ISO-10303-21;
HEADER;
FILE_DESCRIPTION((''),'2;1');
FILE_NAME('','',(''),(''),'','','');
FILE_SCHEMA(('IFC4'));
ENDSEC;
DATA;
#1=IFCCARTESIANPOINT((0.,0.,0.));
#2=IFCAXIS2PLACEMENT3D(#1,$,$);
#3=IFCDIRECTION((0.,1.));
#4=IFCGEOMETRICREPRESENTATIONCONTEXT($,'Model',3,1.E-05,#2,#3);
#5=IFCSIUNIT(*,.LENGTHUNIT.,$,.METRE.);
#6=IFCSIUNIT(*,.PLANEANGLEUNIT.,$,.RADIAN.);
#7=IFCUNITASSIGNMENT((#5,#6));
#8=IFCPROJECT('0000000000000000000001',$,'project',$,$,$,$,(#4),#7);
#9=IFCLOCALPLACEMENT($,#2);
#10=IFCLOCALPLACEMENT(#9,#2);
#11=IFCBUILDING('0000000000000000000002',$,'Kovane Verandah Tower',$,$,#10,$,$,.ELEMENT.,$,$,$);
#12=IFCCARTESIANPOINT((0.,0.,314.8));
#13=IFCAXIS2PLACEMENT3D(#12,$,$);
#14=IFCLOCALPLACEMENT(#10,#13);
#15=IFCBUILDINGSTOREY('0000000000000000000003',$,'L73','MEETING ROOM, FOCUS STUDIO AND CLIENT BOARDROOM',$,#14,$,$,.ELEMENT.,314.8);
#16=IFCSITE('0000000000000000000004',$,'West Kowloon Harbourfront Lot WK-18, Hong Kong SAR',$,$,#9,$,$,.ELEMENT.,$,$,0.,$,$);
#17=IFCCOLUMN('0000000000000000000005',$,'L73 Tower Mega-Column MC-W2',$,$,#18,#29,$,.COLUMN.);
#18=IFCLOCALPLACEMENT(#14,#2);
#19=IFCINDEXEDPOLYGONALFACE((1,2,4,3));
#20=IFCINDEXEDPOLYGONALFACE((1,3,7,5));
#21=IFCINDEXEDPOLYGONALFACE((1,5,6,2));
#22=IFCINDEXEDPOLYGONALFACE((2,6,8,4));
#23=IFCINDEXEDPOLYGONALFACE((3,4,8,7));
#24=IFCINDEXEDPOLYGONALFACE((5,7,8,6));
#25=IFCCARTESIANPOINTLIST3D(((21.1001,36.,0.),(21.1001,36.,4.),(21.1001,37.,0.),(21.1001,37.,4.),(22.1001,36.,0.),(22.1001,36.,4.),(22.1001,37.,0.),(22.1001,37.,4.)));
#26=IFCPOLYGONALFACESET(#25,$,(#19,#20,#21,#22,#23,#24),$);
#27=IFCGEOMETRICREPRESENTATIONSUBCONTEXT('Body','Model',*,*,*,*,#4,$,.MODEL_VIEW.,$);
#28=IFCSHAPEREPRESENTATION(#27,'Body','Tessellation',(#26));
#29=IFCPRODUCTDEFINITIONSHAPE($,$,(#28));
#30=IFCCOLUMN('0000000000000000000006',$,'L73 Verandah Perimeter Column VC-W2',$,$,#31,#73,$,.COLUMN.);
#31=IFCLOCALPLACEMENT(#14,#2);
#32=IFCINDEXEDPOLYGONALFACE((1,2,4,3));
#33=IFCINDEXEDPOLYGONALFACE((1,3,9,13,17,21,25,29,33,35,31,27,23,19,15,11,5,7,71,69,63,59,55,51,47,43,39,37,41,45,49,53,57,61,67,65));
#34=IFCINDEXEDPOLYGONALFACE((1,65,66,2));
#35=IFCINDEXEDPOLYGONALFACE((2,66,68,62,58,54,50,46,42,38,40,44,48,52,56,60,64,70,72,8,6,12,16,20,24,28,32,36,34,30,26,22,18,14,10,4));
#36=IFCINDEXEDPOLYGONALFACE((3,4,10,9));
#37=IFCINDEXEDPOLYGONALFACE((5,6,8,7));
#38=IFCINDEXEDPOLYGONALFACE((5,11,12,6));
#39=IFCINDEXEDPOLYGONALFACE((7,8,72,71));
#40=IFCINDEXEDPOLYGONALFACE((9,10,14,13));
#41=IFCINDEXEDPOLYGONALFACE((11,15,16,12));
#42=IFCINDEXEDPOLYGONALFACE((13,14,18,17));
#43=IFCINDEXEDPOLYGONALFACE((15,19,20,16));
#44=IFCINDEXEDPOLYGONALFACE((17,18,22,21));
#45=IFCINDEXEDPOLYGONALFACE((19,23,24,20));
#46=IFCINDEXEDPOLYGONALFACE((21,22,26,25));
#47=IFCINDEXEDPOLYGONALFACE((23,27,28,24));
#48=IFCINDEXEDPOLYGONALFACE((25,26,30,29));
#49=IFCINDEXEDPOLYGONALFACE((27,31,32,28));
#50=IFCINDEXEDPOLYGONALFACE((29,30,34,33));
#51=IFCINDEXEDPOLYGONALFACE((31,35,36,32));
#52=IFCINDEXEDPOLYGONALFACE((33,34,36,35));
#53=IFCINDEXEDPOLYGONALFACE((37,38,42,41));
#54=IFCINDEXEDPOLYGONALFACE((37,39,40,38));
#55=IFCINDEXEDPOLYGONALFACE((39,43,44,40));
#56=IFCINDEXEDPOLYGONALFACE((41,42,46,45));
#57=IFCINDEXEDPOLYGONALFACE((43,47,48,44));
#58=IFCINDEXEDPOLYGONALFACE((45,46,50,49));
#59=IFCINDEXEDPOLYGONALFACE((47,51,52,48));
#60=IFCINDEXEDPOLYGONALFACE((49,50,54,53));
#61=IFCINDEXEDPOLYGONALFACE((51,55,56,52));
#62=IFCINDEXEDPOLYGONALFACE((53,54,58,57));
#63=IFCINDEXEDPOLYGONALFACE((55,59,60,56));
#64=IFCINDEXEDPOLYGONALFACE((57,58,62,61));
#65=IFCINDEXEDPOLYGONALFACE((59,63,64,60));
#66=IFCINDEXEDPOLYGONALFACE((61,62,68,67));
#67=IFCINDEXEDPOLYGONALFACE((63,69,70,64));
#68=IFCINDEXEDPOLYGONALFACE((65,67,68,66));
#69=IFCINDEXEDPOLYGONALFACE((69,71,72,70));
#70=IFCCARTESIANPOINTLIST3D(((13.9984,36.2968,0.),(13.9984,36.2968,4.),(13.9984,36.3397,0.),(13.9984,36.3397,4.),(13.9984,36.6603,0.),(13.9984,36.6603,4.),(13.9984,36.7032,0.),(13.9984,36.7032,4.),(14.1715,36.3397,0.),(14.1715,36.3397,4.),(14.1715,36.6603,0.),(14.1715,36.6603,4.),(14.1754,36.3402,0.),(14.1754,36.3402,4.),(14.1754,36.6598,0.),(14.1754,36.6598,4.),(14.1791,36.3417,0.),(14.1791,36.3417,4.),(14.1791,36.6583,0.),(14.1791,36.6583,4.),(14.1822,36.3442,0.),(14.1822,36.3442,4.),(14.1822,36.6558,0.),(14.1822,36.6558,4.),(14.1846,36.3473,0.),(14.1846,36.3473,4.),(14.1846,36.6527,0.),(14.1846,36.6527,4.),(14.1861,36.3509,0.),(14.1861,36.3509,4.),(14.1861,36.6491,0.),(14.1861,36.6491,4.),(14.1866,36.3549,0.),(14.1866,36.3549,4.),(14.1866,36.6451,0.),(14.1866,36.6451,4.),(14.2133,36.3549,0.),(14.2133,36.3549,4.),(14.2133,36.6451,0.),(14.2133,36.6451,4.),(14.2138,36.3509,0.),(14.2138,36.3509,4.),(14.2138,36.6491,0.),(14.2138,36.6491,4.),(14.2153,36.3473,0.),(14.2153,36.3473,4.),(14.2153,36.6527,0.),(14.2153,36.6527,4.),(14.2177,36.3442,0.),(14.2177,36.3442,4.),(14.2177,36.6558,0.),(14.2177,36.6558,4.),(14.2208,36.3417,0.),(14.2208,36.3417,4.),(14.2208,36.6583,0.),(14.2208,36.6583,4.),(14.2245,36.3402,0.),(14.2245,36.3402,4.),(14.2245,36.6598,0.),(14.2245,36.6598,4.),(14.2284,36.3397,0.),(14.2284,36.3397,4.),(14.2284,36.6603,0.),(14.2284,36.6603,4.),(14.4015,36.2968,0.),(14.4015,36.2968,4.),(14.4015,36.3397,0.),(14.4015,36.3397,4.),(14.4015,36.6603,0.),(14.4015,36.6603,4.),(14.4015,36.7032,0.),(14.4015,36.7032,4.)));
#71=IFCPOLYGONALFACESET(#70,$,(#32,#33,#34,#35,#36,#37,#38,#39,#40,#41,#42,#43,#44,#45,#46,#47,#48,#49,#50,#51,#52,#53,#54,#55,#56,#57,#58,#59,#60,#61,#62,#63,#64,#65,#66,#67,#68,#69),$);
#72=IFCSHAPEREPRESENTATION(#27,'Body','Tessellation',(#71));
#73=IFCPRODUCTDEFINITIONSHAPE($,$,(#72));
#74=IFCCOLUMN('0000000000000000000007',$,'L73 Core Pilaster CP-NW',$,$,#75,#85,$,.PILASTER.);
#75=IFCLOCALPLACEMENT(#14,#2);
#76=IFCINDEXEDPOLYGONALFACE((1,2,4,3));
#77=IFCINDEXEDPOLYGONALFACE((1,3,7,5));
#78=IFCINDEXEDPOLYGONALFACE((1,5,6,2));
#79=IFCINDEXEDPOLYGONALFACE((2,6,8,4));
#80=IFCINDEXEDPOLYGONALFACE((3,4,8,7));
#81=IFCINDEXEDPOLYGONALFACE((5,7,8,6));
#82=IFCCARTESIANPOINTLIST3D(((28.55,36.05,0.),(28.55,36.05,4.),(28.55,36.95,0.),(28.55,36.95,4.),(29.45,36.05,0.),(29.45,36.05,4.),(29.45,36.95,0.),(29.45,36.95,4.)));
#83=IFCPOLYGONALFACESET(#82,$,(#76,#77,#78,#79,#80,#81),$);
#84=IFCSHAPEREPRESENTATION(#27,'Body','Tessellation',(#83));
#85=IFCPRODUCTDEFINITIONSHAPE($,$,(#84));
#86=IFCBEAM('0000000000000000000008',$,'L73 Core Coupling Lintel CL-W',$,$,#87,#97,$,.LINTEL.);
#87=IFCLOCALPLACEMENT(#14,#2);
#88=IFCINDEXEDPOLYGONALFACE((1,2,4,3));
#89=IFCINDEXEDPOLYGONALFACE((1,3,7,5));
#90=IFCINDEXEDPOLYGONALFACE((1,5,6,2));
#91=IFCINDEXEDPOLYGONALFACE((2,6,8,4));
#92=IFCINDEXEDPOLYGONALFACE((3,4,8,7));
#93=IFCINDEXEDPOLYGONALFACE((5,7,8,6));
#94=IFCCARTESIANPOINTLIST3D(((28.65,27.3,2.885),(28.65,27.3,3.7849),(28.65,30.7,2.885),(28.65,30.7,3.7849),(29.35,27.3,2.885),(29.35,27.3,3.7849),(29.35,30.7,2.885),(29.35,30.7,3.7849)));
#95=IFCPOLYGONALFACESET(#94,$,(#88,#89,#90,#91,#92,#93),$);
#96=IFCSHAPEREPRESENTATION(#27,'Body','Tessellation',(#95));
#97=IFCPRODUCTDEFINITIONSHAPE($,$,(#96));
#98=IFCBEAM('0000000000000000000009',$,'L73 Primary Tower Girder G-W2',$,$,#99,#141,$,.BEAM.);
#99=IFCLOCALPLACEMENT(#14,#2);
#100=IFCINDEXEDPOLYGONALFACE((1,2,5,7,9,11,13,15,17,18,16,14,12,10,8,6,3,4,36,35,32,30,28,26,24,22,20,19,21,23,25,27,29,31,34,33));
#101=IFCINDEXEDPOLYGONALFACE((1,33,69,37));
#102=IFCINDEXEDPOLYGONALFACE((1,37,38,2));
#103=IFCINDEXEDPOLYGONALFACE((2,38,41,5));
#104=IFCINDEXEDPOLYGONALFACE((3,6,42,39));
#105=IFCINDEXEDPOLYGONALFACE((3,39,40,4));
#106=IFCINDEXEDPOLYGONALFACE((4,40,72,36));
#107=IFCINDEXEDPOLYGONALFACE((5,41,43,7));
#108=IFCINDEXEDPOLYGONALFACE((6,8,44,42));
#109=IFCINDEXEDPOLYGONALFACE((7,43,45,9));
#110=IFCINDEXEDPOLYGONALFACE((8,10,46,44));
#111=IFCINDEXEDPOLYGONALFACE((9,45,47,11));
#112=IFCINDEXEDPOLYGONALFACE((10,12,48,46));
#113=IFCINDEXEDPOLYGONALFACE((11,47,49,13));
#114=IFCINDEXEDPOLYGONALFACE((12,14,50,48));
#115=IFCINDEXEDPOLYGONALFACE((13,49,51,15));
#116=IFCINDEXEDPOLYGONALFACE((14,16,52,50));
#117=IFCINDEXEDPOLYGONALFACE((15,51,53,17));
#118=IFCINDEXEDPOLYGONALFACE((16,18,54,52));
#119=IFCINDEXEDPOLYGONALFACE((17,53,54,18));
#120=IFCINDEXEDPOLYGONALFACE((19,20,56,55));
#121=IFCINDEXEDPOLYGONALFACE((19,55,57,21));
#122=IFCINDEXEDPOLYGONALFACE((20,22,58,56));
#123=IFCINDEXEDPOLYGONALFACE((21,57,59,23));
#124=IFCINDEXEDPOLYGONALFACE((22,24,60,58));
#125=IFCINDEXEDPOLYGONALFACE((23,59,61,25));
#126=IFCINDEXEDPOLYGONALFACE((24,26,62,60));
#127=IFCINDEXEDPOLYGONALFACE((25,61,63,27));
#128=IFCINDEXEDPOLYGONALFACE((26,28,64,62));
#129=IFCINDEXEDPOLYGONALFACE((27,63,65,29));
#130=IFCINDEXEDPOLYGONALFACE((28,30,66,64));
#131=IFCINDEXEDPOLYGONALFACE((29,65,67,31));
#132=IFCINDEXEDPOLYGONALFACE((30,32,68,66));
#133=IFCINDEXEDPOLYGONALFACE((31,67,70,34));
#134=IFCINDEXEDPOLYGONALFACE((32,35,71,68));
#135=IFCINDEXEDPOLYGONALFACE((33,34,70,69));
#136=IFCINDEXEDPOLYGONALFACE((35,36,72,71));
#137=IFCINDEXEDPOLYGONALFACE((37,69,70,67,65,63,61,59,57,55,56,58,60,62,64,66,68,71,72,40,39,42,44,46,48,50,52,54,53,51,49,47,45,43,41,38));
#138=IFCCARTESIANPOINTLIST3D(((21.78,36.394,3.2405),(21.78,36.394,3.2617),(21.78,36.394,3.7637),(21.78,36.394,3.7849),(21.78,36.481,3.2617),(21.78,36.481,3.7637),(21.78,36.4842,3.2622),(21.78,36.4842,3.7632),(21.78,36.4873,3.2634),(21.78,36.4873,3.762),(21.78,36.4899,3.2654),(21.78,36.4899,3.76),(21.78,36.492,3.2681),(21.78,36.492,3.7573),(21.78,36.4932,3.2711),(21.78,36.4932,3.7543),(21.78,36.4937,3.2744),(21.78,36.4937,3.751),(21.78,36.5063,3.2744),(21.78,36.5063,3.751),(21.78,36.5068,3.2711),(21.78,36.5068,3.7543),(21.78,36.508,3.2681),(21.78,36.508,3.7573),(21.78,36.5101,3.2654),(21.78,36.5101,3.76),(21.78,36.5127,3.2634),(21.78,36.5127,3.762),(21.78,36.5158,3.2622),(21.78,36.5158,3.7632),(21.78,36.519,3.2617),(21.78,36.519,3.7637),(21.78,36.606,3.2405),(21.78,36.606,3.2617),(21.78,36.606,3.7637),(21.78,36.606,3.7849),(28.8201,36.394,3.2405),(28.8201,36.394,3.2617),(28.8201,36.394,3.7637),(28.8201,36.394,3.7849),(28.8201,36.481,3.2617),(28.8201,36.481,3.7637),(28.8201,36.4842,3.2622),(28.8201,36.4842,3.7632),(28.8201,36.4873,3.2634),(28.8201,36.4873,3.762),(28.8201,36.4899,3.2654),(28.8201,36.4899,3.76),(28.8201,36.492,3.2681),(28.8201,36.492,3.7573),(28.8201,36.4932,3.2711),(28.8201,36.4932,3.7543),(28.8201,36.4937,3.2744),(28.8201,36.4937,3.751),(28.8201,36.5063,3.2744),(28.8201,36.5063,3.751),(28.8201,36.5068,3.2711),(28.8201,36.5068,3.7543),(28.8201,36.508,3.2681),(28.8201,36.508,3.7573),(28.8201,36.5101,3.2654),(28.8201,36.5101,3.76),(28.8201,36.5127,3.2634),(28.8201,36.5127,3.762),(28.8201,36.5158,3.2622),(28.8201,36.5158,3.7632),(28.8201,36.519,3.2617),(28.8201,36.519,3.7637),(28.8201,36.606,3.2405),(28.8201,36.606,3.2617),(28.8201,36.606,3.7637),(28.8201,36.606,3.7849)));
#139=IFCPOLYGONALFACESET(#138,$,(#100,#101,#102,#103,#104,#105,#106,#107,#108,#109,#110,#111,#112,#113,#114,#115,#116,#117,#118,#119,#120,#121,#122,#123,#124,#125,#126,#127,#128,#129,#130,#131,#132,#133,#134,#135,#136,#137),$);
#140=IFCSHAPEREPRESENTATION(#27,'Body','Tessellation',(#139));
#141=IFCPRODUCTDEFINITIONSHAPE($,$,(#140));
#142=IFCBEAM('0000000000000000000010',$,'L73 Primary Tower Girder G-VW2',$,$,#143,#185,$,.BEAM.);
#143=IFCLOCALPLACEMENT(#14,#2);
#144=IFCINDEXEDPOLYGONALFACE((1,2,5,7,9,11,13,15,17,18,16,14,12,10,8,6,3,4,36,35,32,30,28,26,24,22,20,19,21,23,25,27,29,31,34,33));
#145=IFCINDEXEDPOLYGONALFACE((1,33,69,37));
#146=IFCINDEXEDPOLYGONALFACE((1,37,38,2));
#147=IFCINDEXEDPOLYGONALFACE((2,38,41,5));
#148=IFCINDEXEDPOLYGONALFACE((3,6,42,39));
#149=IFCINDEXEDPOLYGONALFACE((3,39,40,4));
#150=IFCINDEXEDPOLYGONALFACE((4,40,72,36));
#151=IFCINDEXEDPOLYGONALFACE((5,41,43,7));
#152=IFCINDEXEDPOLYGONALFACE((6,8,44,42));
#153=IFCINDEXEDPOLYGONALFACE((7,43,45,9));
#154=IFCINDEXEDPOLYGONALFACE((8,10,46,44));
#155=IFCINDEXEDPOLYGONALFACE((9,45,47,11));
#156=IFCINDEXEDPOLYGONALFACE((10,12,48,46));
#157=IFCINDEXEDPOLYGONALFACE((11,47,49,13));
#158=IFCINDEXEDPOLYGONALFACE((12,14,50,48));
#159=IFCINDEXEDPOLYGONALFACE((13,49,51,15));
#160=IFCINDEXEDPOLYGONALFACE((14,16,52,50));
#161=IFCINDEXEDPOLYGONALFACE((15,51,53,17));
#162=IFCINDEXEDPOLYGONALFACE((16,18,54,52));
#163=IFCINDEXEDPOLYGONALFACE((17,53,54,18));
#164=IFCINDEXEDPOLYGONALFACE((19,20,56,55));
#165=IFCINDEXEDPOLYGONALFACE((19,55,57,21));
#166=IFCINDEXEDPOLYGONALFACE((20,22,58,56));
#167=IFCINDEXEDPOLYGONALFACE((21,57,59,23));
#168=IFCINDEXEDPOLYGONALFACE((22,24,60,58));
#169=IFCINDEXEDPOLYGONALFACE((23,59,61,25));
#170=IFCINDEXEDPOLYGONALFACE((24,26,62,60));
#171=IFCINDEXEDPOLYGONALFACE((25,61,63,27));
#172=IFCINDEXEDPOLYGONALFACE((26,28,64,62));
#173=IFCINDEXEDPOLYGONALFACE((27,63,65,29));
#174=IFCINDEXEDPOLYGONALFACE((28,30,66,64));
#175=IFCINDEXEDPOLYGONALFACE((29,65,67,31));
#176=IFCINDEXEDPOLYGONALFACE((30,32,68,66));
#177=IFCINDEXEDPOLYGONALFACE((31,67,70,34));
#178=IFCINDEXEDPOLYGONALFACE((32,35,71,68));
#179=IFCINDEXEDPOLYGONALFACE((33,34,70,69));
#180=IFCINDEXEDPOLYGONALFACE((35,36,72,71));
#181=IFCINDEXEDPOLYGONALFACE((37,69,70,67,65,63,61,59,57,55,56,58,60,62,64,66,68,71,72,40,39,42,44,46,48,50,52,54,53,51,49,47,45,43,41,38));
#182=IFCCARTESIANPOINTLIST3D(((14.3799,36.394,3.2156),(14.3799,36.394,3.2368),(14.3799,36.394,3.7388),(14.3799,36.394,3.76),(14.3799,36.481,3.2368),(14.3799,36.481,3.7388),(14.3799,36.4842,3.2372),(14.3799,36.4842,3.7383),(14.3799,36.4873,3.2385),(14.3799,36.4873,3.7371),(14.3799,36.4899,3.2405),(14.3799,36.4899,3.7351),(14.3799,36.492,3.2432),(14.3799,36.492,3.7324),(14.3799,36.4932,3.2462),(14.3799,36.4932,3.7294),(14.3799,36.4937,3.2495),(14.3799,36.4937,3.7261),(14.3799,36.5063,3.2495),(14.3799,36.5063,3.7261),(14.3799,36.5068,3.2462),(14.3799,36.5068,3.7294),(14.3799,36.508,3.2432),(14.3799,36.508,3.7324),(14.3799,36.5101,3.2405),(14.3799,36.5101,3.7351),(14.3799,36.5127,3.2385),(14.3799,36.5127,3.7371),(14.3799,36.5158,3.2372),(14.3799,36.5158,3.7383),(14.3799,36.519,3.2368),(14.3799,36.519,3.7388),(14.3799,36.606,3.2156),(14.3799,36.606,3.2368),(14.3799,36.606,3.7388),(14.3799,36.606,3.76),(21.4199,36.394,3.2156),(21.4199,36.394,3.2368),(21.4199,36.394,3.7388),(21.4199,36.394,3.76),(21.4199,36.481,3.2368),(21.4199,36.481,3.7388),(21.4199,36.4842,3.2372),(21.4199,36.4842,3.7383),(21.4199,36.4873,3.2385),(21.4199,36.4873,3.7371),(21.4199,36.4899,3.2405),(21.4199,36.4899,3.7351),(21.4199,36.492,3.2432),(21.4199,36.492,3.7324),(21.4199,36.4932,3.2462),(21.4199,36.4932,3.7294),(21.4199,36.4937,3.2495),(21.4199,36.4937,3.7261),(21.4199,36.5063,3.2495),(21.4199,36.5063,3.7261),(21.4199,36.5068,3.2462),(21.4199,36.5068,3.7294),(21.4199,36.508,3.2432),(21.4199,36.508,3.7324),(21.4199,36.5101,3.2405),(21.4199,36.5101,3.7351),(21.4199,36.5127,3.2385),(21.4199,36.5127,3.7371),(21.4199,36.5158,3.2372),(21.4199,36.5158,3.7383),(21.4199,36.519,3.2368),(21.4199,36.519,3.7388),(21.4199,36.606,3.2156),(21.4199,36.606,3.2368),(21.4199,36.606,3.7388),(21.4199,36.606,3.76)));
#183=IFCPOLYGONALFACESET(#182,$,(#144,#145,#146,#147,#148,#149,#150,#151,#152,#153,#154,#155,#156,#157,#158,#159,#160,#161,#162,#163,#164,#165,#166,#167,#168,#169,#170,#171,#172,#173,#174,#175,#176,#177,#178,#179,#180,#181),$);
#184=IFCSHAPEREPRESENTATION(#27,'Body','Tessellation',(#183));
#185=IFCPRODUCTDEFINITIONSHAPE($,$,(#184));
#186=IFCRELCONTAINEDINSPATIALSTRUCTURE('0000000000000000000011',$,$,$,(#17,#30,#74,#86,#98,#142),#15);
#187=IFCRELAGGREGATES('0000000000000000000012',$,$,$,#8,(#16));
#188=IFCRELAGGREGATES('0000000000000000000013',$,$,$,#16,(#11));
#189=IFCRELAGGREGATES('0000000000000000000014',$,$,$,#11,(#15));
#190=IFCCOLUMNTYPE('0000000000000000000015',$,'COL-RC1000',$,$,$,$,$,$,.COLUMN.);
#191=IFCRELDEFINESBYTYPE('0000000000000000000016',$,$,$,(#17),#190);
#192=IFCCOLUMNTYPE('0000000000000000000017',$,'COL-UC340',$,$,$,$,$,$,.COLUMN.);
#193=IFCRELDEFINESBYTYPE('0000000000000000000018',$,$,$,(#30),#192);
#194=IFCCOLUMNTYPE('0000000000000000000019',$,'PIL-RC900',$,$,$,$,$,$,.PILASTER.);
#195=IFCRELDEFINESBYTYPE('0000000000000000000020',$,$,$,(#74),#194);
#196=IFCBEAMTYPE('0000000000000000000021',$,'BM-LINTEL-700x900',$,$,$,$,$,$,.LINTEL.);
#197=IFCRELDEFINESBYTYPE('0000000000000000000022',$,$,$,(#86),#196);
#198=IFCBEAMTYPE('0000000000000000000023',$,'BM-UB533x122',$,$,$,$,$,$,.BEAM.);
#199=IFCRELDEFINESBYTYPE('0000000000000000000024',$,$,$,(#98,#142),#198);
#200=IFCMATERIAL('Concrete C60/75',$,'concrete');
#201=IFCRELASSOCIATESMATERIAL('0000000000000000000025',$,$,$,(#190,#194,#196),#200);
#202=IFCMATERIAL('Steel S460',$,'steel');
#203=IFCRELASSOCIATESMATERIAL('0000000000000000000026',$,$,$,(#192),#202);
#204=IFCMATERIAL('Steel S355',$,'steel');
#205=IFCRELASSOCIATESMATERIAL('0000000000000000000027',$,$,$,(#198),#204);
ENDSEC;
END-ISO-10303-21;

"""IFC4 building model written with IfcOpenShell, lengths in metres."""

from ifc_helpers import new_model, si_unit, direction, frame, origin, origin_2d, place, context, subcontext, project, spatial, rectangle, i_section, extrude, material, material_profile, profile_set, type_object, element, save


model = new_model("IFC4")

# Units and contexts
model_context = context("Model", 3, precision=1e-05, world=origin(), true_north=direction((0.0, 1.0)))
body_context = subcontext(model_context, "Body", "Model", "MODEL_VIEW")
ifc_project = project(units=[si_unit("LENGTHUNIT", "METRE"), si_unit("PLANEANGLEUNIT", "RADIAN")], contexts=[model_context])

# Site, building, storey
site_placement = place(None, origin())
site = spatial("IfcSite", under=ifc_project, at=site_placement, Name="West Kowloon Harbourfront Lot WK-18, Hong Kong SAR", CompositionType="ELEMENT", RefElevation=0.0)
building_placement = place(site_placement, origin())
building = spatial("IfcBuilding", under=site, at=building_placement, Name="Kovane Verandah Tower", CompositionType="ELEMENT")
storey_placement = place(building_placement, frame((0.0, 0.0, 314.8)))
storey = spatial("IfcBuildingStorey", under=building, at=storey_placement, Name="L73", Description="MEETING ROOM, FOCUS STUDIO AND CLIENT BOARDROOM", CompositionType="ELEMENT", Elevation=314.8)

# Columns
ifc_material_1 = material(Name="Concrete C60/75", Category="concrete")
ifc_material_profile_1 = material_profile(ifc_material_1, rectangle(XDim=1.0, YDim=1.0, at=origin_2d()), Name="RC1000x1000")
ifc_profile_set_1 = profile_set([ifc_material_profile_1], Name="Concrete C60/75")
column_type_1 = type_object("IfcColumnType", Name="COL-RC1000", PredefinedType="COLUMN", material=ifc_profile_set_1)
column_1_placement = place(storey_placement, frame((21.6001, 36.5, 0.0), z_axis=(0.0, 0.0, 1.0), x_axis=(1.0, 0.0, 0.0)))
element("IfcColumn", 1, at=column_1_placement, inside=storey, type_object=column_type_1, Name="L73 Tower Mega-Column MC-W2", PredefinedType="COLUMN", context=body_context, shape_type="SweptSolid", body=[
    extrude(rectangle(XDim=1.0, YDim=1.0, at=origin_2d()), origin(), (0.0, 0.0, 1.0), 4.0),
])
ifc_material_2 = material(Name="Steel S460", Category="steel")
ifc_material_profile_2 = material_profile(ifc_material_2, i_section(OverallWidth=0.4031, OverallDepth=0.4065, WebThickness=0.0266, FlangeThickness=0.043, FilletRadius=0.0151, at=origin_2d()), Name="UC356x406x340")
ifc_profile_set_2 = profile_set([ifc_material_profile_2], Name="Steel S460")
column_type_2 = type_object("IfcColumnType", Name="COL-UC340", PredefinedType="COLUMN", material=ifc_profile_set_2)
column_2_placement = place(storey_placement, frame((14.2, 36.5, 0.0), z_axis=(0.0, 0.0, 1.0), x_axis=(1.0, 0.0, 0.0)))
element("IfcColumn", 2, at=column_2_placement, inside=storey, type_object=column_type_2, Name="L73 Verandah Perimeter Column VC-W2", PredefinedType="COLUMN", context=body_context, shape_type="SweptSolid", body=[
    extrude(i_section(OverallWidth=0.4031, OverallDepth=0.4065, WebThickness=0.0266, FlangeThickness=0.043, FilletRadius=0.0151, at=origin_2d()), origin(), (0.0, 0.0, 1.0), 4.0),
])
ifc_material_profile_3 = material_profile(ifc_material_1, rectangle(XDim=0.8999, YDim=0.8999, at=origin_2d()), Name="RC900x900")
ifc_profile_set_3 = profile_set([ifc_material_profile_3], Name="Concrete C60/75")
column_type_3 = type_object("IfcColumnType", Name="PIL-RC900", PredefinedType="PILASTER", material=ifc_profile_set_3)
column_3_placement = place(storey_placement, frame((29.0, 36.5, 0.0), z_axis=(0.0, 0.0, 1.0), x_axis=(1.0, 0.0, 0.0)))
element("IfcColumn", 3, at=column_3_placement, inside=storey, type_object=column_type_3, Name="L73 Core Pilaster CP-NW", PredefinedType="PILASTER", context=body_context, shape_type="SweptSolid", body=[
    extrude(rectangle(XDim=0.8999, YDim=0.8999, at=origin_2d()), origin(), (0.0, 0.0, 1.0), 4.0),
])

# Beams
ifc_material_profile_4 = material_profile(ifc_material_1, rectangle(XDim=0.7, YDim=0.8999, at=origin_2d()), Name="RCB700x900")
ifc_profile_set_4 = profile_set([ifc_material_profile_4], Name="Concrete C60/75")
beam_type_1 = type_object("IfcBeamType", Name="BM-LINTEL-700x900", PredefinedType="LINTEL", material=ifc_profile_set_4)
beam_placement = place(storey_placement, frame((29.0, 27.3, 3.335), z_axis=(0.0, 1.0, 0.0), x_axis=(-1.0, 0.0, 0.0)))
element("IfcBeam", 4, at=beam_placement, inside=storey, type_object=beam_type_1, Name="L73 Core Coupling Lintel CL-W", PredefinedType="LINTEL", context=body_context, shape_type="SweptSolid", body=[
    extrude(rectangle(XDim=0.7, YDim=0.8999, at=origin_2d()), origin(), (0.0, 0.0, 1.0), 3.3999),
])
ifc_material_3 = material(Name="Steel S355", Category="steel")
ifc_material_profile_5 = material_profile(ifc_material_3, i_section(OverallWidth=0.2119, OverallDepth=0.5444, WebThickness=0.0127, FlangeThickness=0.0212, FilletRadius=0.0127, at=origin_2d()), Name="UB533x210x122")
ifc_profile_set_5 = profile_set([ifc_material_profile_5], Name="Steel S355")
beam_type_2 = type_object("IfcBeamType", Name="BM-UB533x122", PredefinedType="BEAM", material=ifc_profile_set_5)
for number, where, z_axis, x_axis, name in (
    (5, (28.8201, 36.5, 3.5127), (-1.0, 0.0, 0.0), (0.0, -1.0, 0.0), "L73 Primary Tower Girder G-W2"),
    (6, (21.4199, 36.5, 3.4878), (-1.0, 0.0, 0.0), (0.0, -1.0, 0.0), "L73 Primary Tower Girder G-VW2"),
):
    element("IfcBeam", number, at=place(storey_placement, frame(where, z_axis=z_axis, x_axis=x_axis)), inside=storey, type_object=beam_type_2, Name=name, PredefinedType="BEAM", context=body_context, shape_type="SweptSolid", body=[
        extrude(i_section(OverallWidth=0.2119, OverallDepth=0.5444, WebThickness=0.0127, FlangeThickness=0.0212, FilletRadius=0.0127, at=origin_2d()), origin(), (0.0, 0.0, 1.0), 7.04),
    ])

save(model, "model.ifc")
